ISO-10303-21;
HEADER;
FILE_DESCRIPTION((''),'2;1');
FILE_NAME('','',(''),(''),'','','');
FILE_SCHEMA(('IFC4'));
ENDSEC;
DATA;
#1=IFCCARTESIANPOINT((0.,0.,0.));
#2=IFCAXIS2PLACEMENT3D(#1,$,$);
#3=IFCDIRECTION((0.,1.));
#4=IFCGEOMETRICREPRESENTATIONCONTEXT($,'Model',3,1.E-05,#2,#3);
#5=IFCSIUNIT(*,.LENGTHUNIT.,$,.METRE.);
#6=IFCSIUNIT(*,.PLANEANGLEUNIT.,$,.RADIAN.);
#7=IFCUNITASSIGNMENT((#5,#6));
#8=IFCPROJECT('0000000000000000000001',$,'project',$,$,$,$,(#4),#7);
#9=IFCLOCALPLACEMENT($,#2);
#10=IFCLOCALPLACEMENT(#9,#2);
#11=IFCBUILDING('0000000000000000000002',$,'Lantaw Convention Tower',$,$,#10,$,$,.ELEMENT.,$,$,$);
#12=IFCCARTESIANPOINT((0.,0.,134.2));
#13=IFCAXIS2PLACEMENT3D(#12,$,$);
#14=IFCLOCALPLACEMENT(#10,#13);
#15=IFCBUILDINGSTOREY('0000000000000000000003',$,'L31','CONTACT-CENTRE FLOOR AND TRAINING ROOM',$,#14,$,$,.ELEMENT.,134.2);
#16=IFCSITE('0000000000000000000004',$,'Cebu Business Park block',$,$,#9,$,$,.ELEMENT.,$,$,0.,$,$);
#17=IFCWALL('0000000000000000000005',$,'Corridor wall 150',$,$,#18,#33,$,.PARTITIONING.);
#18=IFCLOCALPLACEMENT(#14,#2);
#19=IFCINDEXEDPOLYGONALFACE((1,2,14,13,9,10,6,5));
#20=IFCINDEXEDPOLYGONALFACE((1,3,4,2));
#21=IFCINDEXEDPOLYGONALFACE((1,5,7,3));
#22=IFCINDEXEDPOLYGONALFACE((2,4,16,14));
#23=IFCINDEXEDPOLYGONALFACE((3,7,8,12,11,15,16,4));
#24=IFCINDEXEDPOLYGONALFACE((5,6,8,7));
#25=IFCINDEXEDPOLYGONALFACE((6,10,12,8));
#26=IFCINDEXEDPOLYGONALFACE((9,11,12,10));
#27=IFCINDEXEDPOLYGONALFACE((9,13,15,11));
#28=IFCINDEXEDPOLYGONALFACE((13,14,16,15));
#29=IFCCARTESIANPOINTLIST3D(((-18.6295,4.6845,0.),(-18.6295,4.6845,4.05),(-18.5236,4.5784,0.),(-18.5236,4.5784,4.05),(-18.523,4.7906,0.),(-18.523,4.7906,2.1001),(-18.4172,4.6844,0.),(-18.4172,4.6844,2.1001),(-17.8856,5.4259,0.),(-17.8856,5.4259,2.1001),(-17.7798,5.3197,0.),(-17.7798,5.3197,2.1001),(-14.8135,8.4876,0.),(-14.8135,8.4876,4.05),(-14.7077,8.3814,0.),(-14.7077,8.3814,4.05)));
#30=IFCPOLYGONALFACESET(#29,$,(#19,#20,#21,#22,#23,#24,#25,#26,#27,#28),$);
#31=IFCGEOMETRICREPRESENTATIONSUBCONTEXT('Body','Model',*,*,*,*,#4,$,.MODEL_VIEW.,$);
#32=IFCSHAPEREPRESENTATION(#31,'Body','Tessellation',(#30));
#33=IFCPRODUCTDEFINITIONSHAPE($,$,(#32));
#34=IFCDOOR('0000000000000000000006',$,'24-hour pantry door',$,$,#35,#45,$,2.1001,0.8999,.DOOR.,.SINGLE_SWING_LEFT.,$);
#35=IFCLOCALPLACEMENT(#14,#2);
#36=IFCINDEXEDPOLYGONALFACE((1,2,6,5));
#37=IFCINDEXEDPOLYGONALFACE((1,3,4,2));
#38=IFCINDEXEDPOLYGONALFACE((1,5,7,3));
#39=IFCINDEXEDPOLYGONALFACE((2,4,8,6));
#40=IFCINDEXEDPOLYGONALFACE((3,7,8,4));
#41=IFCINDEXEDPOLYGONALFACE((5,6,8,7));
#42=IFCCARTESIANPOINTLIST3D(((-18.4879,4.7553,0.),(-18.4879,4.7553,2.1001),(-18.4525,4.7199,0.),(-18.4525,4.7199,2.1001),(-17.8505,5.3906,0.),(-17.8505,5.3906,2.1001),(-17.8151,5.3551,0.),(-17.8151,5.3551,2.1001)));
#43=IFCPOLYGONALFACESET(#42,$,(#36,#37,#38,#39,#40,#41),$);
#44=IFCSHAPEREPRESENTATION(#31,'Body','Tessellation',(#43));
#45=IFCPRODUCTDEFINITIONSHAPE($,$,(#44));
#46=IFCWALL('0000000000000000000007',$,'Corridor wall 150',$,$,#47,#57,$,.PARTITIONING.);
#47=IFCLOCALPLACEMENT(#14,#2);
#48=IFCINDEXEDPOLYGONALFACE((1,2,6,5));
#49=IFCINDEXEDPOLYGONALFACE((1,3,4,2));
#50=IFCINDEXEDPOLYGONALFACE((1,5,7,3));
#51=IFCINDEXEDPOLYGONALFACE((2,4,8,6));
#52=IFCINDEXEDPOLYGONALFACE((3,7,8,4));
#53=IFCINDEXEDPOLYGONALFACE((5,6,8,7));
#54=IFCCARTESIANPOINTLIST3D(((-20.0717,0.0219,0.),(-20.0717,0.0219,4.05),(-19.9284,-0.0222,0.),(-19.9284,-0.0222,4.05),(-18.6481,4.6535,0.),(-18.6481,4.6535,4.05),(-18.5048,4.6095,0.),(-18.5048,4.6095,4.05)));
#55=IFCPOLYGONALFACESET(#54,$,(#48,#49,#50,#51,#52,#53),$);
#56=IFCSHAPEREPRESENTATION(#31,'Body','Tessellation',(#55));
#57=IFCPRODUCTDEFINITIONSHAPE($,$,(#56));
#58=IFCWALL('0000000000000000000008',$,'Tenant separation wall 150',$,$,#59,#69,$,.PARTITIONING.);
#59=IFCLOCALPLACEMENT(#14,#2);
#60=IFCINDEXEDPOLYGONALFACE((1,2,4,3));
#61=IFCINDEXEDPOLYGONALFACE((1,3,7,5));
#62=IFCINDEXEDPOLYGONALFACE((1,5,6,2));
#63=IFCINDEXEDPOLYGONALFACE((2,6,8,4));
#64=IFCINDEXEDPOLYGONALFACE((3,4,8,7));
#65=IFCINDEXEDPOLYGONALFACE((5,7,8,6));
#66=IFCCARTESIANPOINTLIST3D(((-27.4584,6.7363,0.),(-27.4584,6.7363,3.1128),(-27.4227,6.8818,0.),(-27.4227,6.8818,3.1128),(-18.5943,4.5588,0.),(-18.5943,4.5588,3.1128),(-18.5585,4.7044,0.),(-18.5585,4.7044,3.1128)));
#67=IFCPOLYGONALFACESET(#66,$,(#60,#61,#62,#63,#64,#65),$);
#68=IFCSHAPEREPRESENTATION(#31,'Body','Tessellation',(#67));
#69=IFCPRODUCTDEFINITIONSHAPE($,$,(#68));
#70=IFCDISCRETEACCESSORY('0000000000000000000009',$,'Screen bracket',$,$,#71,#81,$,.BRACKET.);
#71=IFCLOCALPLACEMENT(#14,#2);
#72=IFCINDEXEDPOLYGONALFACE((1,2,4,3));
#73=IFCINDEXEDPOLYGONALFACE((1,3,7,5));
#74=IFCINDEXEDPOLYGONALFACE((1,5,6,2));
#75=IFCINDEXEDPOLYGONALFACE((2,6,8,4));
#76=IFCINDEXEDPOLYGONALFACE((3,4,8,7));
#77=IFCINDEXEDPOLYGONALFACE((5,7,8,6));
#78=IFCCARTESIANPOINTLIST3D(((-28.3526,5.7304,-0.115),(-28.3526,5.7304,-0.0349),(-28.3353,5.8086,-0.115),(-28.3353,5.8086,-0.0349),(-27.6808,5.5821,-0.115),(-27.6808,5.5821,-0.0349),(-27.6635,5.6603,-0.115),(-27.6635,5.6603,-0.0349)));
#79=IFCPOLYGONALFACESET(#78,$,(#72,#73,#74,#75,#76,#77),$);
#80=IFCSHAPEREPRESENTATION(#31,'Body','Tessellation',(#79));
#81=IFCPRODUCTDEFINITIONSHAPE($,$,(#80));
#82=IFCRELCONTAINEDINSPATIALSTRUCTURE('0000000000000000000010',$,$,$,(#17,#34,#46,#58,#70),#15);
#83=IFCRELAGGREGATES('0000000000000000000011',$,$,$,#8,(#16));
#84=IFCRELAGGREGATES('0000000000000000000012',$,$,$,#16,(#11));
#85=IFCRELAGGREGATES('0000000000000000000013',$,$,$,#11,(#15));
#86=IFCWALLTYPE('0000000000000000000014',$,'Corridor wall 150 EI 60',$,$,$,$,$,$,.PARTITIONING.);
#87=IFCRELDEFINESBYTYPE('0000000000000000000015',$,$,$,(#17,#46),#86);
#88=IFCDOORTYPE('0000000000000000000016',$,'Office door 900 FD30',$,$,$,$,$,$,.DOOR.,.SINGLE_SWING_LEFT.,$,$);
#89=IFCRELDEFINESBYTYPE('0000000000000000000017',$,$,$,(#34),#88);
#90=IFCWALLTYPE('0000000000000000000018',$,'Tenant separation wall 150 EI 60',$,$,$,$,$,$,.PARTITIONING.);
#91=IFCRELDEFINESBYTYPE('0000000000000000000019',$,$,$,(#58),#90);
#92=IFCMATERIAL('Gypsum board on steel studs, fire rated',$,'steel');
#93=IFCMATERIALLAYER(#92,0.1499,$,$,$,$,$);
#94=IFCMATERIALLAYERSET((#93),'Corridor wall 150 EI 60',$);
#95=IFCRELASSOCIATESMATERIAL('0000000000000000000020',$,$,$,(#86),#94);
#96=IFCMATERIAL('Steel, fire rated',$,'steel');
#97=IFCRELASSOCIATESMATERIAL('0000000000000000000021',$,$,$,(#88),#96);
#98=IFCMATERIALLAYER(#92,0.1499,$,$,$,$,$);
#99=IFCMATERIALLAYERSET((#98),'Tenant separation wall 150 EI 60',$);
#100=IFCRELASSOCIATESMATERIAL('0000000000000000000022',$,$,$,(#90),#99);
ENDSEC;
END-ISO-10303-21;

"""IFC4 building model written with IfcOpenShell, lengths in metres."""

from ifc_helpers import new_model, si_unit, direction, frame, frame_2d, origin, origin_2d, place, context, subcontext, project, spatial, rectangle, extrude, material, layer, layer_set, type_object, element, fill, save


model = new_model("IFC4")

# Units and contexts
model_context = context("Model", 3, precision=1e-05, world=origin(), true_north=direction((0.0, 1.0)))
body_context = subcontext(model_context, "Body", "Model", "MODEL_VIEW")
ifc_project = project(units=[si_unit("LENGTHUNIT", "METRE"), si_unit("PLANEANGLEUNIT", "RADIAN")], contexts=[model_context])

# Site, building, storey
site_placement = place(None, origin())
site = spatial("IfcSite", under=ifc_project, at=site_placement, Name="Cebu Business Park block", CompositionType="ELEMENT", RefElevation=0.0)
building_placement = place(site_placement, origin())
building = spatial("IfcBuilding", under=site, at=building_placement, Name="Lantaw Convention Tower", CompositionType="ELEMENT")
storey_placement = place(building_placement, frame((0.0, 0.0, 134.2)))
storey = spatial("IfcBuildingStorey", under=building, at=storey_placement, Name="L31", Description="CONTACT-CENTRE FLOOR AND TRAINING ROOM", CompositionType="ELEMENT", Elevation=134.2)

# Wall, opening, door
ifc_material_1 = material(Name="Gypsum board on steel studs, fire rated", Category="steel")
ifc_layer_1 = layer(ifc_material_1, 0.1499)
ifc_layer_set_1 = layer_set([ifc_layer_1], Name="Corridor wall 150 EI 60")
wall_type_1 = type_object("IfcWallType", Name="Corridor wall 150 EI 60", PredefinedType="PARTITIONING", material=ifc_layer_set_1)
wall_1_placement = place(storey_placement, frame((-14.7605, 8.4346, 0.0), z_axis=(0.0, 0.0, 1.0), x_axis=(-0.708307, -0.705905, 0.0)))
wall_1 = element("IfcWall", 1, at=wall_1_placement, inside=storey, type_object=wall_type_1, Name="Corridor wall 150", PredefinedType="PARTITIONING", context=body_context, shape_type="SweptSolid", body=[
    extrude(rectangle(XDim=5.3875, YDim=0.1499, at=frame_2d((2.6938, 0.0))), origin(), (0.0, 0.0, 1.0), 4.05),
])
opening_placement = place(wall_1_placement, frame((4.3374, 0.0, 0.0)))
opening = element("IfcOpeningElement", 2, at=opening_placement, cuts=wall_1, PredefinedType="OPENING", context=body_context, shape_type="SweptSolid", body=[
    extrude(rectangle(XDim=0.8999, YDim=2.1001, at=frame_2d((0.45, 1.05))), frame((0.0, 0.085, 0.0), z_axis=(0.0, -1.0, 0.0), x_axis=(1.0, 0.0, 0.0)), (0.0, 0.0, 1.0), 0.1699),
])
ifc_material_2 = material(Name="Steel, fire rated", Category="steel")
door_type = type_object("IfcDoorType", Name="Office door 900 FD30", OperationType="SINGLE_SWING_LEFT", PredefinedType="DOOR", material=ifc_material_2)
door_placement = place(opening_placement, origin())
door = element("IfcDoor", 3, at=door_placement, inside=storey, type_object=door_type, Name="24-hour pantry door", OperationType="SINGLE_SWING_LEFT", OverallHeight=2.1001, OverallWidth=0.8999, PredefinedType="DOOR", context=body_context, shape_type="SweptSolid", body=[
    extrude(rectangle(XDim=0.8999, YDim=2.1001, at=frame_2d((0.45, 1.05))), frame((0.0, 0.0249, 0.0), z_axis=(0.0, -1.0, 0.0), x_axis=(1.0, 0.0, 0.0)), (0.0, 0.0, 1.0), 0.05),
])
fill(opening, door)

# Walls
wall_2_placement = place(storey_placement, frame((-18.5764, 4.6316, 0.0), z_axis=(0.0, 0.0, 1.0), x_axis=(-0.293799, -0.955867, 0.0)))
element("IfcWall", 4, at=wall_2_placement, inside=storey, type_object=wall_type_1, Name="Corridor wall 150", PredefinedType="PARTITIONING", context=body_context, shape_type="SweptSolid", body=[
    extrude(rectangle(XDim=4.8455, YDim=0.1499, at=frame_2d((2.4229, 0.0))), origin(), (0.0, 0.0, 1.0), 4.05),
])
ifc_layer_2 = layer(ifc_material_1, 0.1499)
ifc_layer_set_2 = layer_set([ifc_layer_2], Name="Tenant separation wall 150 EI 60")
wall_type_2 = type_object("IfcWallType", Name="Tenant separation wall 150 EI 60", PredefinedType="PARTITIONING", material=ifc_layer_set_2)
wall_3_placement = place(storey_placement, frame((-27.4407, 6.8091, 0.0), z_axis=(0.0, 0.0, 1.0), x_axis=(0.971129, -0.238556, 0.0)))
element("IfcWall", 5, at=wall_3_placement, inside=storey, type_object=wall_type_2, Name="Tenant separation wall 150", PredefinedType="PARTITIONING", context=body_context, shape_type="SweptSolid", body=[
    extrude(rectangle(XDim=9.1277, YDim=0.1499, at=frame_2d((4.564, 0.0))), origin(), (0.0, 0.0, 1.0), 3.1128),
])

# Discrete accessory
discrete_accessory_placement = place(storey_placement, frame((-28.0081, 5.6953, -0.115), z_axis=(0.0, 0.0, 1.0), x_axis=(-0.215546, -0.976494, 0.0)))
element("IfcDiscreteAccessory", 6, at=discrete_accessory_placement, inside=storey, Name="Screen bracket", PredefinedType="BRACKET", context=body_context, shape_type="SweptSolid", body=[
    extrude(rectangle(XDim=0.0801, YDim=0.688, at=origin_2d()), origin(), (0.0, 0.0, 1.0), 0.0801),
])

save(model, "model.ifc")
